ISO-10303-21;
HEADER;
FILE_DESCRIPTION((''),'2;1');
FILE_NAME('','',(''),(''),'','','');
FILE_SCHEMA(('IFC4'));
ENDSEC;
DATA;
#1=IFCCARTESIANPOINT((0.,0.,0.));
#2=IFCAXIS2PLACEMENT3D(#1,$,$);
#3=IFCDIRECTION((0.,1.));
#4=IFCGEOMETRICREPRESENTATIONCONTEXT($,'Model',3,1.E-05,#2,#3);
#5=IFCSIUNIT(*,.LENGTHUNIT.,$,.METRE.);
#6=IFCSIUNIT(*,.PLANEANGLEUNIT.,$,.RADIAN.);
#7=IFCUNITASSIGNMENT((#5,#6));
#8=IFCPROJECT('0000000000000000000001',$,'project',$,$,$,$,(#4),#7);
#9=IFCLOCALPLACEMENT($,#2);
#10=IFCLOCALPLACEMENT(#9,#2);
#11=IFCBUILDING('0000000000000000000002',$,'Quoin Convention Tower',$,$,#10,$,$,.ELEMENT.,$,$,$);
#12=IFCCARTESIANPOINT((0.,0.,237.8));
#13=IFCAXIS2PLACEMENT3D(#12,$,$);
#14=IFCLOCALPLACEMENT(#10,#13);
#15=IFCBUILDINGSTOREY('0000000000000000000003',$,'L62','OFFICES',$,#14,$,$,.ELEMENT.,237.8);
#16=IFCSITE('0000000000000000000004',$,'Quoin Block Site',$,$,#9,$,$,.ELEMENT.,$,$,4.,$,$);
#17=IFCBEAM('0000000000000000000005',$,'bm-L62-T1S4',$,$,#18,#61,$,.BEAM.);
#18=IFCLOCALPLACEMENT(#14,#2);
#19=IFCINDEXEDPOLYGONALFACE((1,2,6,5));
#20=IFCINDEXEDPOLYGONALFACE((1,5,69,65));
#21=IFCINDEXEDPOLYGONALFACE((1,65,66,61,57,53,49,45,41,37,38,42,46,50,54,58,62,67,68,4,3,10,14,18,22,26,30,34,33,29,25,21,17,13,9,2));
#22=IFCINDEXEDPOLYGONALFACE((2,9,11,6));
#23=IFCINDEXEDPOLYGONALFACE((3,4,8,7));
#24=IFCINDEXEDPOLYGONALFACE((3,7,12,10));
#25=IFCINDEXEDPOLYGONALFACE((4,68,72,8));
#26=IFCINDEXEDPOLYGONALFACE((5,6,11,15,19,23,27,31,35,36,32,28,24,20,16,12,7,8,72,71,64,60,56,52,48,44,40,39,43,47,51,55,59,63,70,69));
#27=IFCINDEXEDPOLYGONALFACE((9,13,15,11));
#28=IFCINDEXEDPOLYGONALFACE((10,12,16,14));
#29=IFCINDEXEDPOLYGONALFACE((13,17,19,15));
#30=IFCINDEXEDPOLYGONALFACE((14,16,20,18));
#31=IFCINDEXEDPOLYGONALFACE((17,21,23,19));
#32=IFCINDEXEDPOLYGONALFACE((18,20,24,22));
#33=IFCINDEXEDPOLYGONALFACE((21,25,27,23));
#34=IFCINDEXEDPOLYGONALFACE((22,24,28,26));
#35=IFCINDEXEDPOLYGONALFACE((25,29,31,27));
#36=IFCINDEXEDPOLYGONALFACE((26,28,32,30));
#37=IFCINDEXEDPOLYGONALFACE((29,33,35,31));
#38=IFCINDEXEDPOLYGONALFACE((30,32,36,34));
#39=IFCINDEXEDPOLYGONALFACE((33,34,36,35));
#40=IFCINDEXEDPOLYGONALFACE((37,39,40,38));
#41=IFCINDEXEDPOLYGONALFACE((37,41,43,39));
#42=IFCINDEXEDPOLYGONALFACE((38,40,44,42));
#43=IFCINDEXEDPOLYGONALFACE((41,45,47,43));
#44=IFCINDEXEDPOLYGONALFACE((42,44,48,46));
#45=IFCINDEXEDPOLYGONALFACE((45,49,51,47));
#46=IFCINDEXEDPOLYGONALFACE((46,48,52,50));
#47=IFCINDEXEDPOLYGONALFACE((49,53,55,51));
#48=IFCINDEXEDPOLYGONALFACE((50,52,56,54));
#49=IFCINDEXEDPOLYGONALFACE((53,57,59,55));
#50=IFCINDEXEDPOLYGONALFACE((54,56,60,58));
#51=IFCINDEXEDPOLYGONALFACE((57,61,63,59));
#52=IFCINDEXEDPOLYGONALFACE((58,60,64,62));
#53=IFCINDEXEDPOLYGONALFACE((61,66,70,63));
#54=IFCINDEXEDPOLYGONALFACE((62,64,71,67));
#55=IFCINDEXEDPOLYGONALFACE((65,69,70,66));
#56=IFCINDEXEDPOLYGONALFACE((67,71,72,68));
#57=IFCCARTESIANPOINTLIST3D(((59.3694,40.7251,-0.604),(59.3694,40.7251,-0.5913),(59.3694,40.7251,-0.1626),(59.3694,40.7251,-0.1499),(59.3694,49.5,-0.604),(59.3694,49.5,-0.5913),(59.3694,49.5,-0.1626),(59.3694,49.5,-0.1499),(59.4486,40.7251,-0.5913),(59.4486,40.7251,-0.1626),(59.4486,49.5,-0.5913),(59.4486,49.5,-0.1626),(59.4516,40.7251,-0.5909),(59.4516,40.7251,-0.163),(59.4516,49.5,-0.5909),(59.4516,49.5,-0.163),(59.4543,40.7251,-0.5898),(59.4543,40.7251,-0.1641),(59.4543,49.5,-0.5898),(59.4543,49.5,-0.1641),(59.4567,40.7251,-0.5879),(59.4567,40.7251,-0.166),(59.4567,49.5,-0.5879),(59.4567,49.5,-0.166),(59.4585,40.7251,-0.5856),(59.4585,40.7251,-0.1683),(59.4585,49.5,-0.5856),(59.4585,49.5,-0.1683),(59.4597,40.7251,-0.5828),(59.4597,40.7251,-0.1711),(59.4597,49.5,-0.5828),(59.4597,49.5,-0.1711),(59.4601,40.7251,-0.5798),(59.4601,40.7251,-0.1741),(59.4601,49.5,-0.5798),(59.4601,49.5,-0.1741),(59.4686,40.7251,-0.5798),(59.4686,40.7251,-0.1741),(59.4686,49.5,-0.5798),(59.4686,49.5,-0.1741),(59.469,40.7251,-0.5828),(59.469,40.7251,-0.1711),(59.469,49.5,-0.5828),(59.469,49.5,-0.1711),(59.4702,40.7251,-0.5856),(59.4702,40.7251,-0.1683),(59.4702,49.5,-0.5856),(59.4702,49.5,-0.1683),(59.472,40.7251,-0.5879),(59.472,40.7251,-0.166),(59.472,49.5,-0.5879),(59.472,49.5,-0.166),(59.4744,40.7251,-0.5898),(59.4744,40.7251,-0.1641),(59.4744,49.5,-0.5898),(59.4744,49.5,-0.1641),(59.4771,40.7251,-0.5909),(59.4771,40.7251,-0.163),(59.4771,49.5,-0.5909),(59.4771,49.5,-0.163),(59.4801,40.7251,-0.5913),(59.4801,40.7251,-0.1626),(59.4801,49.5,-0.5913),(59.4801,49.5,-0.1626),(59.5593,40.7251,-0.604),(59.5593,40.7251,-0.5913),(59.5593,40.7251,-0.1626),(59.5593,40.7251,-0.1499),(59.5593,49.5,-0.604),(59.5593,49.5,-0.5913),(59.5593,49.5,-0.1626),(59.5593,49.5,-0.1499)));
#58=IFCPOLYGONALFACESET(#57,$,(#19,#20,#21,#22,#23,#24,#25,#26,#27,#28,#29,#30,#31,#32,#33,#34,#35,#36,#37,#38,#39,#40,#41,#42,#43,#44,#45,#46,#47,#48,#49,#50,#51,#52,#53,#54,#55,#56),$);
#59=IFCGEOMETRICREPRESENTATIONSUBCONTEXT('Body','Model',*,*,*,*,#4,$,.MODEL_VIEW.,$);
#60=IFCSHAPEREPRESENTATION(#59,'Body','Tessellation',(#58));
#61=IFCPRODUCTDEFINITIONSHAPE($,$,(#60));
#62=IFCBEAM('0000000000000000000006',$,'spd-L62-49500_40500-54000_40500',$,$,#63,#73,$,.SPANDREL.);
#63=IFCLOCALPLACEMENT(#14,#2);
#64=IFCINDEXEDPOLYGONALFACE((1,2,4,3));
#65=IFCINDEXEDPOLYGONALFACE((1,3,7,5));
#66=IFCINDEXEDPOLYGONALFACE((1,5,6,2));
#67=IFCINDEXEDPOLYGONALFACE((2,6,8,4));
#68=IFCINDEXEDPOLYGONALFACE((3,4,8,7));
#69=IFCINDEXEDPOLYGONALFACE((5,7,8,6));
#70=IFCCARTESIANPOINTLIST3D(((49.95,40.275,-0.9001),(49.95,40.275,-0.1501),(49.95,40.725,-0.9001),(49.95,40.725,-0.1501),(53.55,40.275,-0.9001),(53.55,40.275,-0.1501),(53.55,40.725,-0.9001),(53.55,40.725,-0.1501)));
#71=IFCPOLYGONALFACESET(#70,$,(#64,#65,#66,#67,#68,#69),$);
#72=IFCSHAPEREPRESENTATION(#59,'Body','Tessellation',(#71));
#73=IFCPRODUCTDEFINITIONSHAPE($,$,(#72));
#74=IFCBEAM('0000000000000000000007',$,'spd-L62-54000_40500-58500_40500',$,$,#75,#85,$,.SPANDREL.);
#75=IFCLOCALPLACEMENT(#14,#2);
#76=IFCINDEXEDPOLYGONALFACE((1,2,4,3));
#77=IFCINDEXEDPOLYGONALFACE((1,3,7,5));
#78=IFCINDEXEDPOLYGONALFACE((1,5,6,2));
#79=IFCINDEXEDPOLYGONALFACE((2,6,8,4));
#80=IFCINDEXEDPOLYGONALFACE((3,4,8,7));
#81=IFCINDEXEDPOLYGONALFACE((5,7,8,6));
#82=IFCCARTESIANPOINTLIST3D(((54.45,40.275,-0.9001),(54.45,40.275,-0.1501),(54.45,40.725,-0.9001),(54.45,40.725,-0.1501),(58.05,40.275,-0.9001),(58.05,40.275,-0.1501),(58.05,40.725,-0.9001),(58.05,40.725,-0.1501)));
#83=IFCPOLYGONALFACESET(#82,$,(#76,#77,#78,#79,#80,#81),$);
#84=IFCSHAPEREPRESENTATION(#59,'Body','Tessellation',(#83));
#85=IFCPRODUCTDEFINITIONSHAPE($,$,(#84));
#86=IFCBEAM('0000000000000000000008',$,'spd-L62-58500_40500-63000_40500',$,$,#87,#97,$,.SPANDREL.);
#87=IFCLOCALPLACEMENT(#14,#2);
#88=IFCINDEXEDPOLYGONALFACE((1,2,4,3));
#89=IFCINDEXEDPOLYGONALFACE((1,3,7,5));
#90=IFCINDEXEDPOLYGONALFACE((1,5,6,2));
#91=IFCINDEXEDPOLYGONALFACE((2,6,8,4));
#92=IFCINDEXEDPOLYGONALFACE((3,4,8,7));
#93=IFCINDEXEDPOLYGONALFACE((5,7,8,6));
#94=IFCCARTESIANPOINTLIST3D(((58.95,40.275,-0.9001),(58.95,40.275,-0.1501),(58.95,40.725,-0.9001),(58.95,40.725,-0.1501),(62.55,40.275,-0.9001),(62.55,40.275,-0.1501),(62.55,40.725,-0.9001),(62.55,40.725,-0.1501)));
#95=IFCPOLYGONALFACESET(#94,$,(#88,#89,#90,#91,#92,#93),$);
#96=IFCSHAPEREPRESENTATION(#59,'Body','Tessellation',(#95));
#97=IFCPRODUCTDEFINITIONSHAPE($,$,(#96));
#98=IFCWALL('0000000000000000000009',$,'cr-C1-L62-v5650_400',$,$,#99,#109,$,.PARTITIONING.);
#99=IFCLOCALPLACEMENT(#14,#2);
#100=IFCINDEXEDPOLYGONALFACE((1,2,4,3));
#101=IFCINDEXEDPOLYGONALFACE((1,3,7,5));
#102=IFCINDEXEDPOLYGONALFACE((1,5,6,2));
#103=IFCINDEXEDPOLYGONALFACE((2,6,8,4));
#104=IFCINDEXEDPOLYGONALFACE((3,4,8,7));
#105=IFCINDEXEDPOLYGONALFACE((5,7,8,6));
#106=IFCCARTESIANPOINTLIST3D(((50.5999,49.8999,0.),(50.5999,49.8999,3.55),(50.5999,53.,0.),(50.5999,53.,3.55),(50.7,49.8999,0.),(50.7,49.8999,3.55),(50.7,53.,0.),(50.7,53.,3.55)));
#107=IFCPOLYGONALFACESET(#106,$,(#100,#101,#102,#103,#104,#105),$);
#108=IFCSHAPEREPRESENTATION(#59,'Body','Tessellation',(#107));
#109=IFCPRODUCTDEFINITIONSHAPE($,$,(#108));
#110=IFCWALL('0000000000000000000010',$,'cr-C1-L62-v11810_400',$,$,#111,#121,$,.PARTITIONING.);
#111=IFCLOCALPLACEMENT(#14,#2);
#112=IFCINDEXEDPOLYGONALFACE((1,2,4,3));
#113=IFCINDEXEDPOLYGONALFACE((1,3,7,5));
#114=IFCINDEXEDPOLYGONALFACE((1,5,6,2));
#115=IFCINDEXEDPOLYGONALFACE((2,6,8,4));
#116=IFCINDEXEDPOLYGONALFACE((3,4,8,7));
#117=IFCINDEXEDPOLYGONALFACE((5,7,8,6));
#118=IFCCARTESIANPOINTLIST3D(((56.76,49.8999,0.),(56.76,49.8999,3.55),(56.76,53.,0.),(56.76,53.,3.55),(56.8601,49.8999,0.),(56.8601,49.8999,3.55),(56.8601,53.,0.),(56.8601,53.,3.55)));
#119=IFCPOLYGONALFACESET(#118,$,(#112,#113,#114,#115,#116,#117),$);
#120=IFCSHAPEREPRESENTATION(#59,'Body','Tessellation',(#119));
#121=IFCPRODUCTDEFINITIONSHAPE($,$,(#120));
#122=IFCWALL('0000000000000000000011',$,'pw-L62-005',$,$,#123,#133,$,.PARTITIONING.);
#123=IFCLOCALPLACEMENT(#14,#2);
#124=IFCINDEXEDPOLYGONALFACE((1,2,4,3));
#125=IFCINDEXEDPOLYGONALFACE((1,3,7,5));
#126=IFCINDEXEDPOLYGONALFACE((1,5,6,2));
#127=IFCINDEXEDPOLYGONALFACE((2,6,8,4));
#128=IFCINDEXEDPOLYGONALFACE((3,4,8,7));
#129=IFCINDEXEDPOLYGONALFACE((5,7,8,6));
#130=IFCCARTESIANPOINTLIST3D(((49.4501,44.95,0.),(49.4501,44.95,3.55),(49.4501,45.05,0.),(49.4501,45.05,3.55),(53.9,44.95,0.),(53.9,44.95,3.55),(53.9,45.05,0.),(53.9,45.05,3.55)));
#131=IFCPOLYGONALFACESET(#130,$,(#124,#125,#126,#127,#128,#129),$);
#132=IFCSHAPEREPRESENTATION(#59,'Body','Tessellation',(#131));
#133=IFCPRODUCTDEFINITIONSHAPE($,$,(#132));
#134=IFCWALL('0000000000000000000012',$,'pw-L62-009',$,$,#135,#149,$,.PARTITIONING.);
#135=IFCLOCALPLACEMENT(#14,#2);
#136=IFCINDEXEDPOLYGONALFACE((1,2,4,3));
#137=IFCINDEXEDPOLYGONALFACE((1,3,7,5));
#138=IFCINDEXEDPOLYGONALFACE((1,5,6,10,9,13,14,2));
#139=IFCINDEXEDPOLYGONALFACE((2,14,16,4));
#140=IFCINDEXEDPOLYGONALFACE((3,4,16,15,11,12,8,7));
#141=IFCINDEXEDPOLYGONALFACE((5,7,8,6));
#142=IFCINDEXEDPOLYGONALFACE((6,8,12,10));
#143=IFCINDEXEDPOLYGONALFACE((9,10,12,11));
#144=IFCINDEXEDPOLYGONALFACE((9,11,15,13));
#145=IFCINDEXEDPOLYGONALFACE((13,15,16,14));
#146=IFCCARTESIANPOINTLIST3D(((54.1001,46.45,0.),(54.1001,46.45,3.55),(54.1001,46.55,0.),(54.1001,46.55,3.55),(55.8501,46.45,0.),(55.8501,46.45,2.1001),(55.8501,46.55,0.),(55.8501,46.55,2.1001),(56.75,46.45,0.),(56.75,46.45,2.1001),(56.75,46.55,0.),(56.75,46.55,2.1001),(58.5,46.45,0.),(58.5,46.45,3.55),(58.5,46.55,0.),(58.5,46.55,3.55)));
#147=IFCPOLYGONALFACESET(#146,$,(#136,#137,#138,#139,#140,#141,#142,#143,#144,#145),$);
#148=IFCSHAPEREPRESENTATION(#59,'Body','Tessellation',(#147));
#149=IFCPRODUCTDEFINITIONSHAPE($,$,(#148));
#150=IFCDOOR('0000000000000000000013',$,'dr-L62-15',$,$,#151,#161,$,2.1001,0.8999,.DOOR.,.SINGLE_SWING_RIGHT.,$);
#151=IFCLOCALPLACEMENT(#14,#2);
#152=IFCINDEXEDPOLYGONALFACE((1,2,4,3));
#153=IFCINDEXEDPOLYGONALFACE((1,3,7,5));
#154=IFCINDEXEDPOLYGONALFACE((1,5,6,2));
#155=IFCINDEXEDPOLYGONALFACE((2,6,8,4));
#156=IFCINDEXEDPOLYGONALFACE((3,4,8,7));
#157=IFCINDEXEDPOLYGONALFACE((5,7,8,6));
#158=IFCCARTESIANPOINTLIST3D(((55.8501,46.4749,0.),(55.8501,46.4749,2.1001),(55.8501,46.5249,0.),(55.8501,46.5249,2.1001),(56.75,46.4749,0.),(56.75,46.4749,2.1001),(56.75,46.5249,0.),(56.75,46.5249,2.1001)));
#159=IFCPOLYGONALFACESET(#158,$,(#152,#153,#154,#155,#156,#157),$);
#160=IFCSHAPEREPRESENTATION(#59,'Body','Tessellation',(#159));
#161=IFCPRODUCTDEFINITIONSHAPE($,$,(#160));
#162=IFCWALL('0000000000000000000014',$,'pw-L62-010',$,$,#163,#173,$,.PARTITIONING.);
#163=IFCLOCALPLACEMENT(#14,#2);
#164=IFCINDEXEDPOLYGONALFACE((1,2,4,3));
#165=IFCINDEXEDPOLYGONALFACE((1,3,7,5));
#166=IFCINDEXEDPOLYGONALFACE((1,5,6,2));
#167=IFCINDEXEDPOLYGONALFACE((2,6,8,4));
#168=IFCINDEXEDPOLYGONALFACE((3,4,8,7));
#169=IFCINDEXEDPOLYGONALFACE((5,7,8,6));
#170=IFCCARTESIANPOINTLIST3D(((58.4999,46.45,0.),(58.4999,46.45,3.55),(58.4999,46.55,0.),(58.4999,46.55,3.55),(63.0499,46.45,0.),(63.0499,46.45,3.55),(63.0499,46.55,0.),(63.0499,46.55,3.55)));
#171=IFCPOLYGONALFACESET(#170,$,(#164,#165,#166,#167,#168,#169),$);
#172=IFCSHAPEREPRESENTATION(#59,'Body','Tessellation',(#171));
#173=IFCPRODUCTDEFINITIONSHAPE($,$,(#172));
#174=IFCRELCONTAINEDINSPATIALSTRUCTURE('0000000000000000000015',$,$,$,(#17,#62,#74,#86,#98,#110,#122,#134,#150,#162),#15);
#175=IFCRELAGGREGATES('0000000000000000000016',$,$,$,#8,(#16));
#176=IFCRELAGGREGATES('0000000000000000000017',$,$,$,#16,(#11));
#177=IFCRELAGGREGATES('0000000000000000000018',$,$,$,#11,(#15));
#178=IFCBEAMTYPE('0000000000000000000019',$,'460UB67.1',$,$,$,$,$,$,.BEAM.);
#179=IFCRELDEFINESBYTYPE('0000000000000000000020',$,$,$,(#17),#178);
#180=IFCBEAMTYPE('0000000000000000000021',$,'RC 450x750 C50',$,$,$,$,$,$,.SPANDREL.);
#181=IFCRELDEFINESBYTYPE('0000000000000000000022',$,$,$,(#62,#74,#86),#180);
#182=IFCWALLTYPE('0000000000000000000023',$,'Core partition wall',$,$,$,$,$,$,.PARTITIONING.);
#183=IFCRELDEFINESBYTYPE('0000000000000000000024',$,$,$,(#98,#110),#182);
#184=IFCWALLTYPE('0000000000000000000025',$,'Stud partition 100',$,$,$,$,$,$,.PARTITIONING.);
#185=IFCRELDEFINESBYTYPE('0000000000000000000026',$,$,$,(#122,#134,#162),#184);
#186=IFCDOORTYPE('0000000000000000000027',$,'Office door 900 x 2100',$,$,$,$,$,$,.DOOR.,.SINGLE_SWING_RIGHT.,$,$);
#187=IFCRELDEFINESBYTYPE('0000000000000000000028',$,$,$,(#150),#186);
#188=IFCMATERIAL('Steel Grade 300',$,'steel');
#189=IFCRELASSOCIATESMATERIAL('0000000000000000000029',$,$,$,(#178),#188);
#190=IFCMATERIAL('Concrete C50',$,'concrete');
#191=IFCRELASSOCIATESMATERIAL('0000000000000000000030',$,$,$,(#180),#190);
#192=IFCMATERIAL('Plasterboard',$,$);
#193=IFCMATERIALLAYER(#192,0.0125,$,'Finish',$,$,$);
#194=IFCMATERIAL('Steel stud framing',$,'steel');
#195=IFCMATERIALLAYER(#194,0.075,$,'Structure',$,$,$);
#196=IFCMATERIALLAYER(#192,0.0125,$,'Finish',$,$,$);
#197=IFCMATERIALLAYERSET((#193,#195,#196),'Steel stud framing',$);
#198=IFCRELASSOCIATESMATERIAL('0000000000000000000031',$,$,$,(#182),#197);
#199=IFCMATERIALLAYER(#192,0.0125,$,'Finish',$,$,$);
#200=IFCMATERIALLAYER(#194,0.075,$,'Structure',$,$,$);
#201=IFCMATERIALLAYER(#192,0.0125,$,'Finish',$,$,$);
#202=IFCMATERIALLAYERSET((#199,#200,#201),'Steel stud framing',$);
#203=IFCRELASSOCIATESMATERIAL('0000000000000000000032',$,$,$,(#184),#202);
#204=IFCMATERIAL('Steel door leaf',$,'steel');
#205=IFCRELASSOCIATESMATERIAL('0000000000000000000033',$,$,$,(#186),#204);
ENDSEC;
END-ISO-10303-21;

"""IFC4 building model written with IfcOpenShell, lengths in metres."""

from ifc_helpers import new_model, si_unit, direction, frame, frame_2d, origin, origin_2d, place, context, subcontext, project, spatial, rectangle, i_section, extrude, material, layer, layer_set, material_profile, profile_set, type_object, element, fill, save


model = new_model("IFC4")

# Units and contexts
model_context = context("Model", 3, precision=1e-05, world=origin(), true_north=direction((0.0, 1.0)))
body_context = subcontext(model_context, "Body", "Model", "MODEL_VIEW")
ifc_project = project(units=[si_unit("LENGTHUNIT", "METRE"), si_unit("PLANEANGLEUNIT", "RADIAN")], contexts=[model_context])

# Site, building, storey
site_placement = place(None, origin())
site = spatial("IfcSite", under=ifc_project, at=site_placement, Name="Quoin Block Site", CompositionType="ELEMENT", RefElevation=4.0)
building_placement = place(site_placement, origin())
building = spatial("IfcBuilding", under=site, at=building_placement, Name="Quoin Convention Tower", CompositionType="ELEMENT")
storey_placement = place(building_placement, frame((0.0, 0.0, 237.8)))
storey = spatial("IfcBuildingStorey", under=building, at=storey_placement, Name="L62", Description="OFFICES", CompositionType="ELEMENT", Elevation=237.8)

# Shared definitions
ifc_material_1 = material(Name="Concrete C50", Category="concrete")

# Beams
ifc_material_2 = material(Name="Steel Grade 300", Category="steel")
ifc_material_profile_1 = material_profile(ifc_material_2, i_section(OverallWidth=0.1899, OverallDepth=0.4541, WebThickness=0.0085, FlangeThickness=0.0127, FilletRadius=0.0115, at=origin_2d()), Name="460UB67.1")
ifc_profile_set_1 = profile_set([ifc_material_profile_1], Name="Steel Grade 300")
beam_type_1 = type_object("IfcBeamType", Name="460UB67.1", PredefinedType="BEAM", material=ifc_profile_set_1)
for number, where, z_axis, x_axis, name in (
    (1, (59.4644, 40.7251, -0.377), (0.0, 1.0, 0.0), (-1.0, 0.0, 0.0), "bm-L62-T1S4"),
):
    element("IfcBeam", number, at=place(storey_placement, frame(where, z_axis=z_axis, x_axis=x_axis)), inside=storey, type_object=beam_type_1, Name=name, PredefinedType="BEAM", context=body_context, shape_type="SweptSolid", body=[
        extrude(i_section(OverallWidth=0.1899, OverallDepth=0.4541, WebThickness=0.0085, FlangeThickness=0.0127, FilletRadius=0.0115, at=origin_2d()), origin(), (0.0, 0.0, 1.0), 8.7749),
    ])
ifc_material_profile_2 = material_profile(ifc_material_1, rectangle(XDim=0.45, YDim=0.75, at=origin_2d()), Name="RC 450x750")
ifc_profile_set_2 = profile_set([ifc_material_profile_2], Name="Concrete C50")
beam_type_2 = type_object("IfcBeamType", Name="RC 450x750 C50", PredefinedType="SPANDREL", material=ifc_profile_set_2)
for number, where, z_axis, x_axis, name in (
    (2, (49.95, 40.5, -0.5251), (1.0, 0.0, 0.0), (0.0, 1.0, 0.0), "spd-L62-49500_40500-54000_40500"),
    (3, (54.45, 40.5, -0.5251), (1.0, 0.0, 0.0), (0.0, 1.0, 0.0), "spd-L62-54000_40500-58500_40500"),
    (4, (58.95, 40.5, -0.5251), (1.0, 0.0, 0.0), (0.0, 1.0, 0.0), "spd-L62-58500_40500-63000_40500"),
):
    element("IfcBeam", number, at=place(storey_placement, frame(where, z_axis=z_axis, x_axis=x_axis)), inside=storey, type_object=beam_type_2, Name=name, PredefinedType="SPANDREL", context=body_context, shape_type="SweptSolid", body=[
        extrude(rectangle(XDim=0.45, YDim=0.75, at=origin_2d()), origin(), (0.0, 0.0, 1.0), 3.6001),
    ])

# Walls
ifc_material_3 = material(Name="Plasterboard")
ifc_layer_1 = layer(ifc_material_3, 0.0125, Name="Finish")
ifc_material_4 = material(Name="Steel stud framing", Category="steel")
ifc_layer_2 = layer(ifc_material_4, 0.075, Name="Structure")
ifc_layer_3 = layer(ifc_material_3, 0.0125, Name="Finish")
ifc_layer_set_1 = layer_set([ifc_layer_1, ifc_layer_2, ifc_layer_3], Name="Steel stud framing")
wall_type_1 = type_object("IfcWallType", Name="Core partition wall", PredefinedType="PARTITIONING", material=ifc_layer_set_1)
for number, where, z_axis, x_axis, name in (
    (5, (50.6499, 49.8999, 0.0), (0.0, 0.0, 1.0), (0.0, 1.0, 0.0), "cr-C1-L62-v5650_400"),
    (6, (56.8101, 49.8999, 0.0), (0.0, 0.0, 1.0), (0.0, 1.0, 0.0), "cr-C1-L62-v11810_400"),
):
    element("IfcWall", number, at=place(storey_placement, frame(where, z_axis=z_axis, x_axis=x_axis)), inside=storey, type_object=wall_type_1, Name=name, PredefinedType="PARTITIONING", context=body_context, shape_type="SweptSolid", body=[
        extrude(rectangle(XDim=3.1001, YDim=0.1001, at=frame_2d((1.55, 0.0))), origin(), (0.0, 0.0, 1.0), 3.55),
    ])
ifc_layer_4 = layer(ifc_material_3, 0.0125, Name="Finish")
ifc_layer_5 = layer(ifc_material_4, 0.075, Name="Structure")
ifc_layer_6 = layer(ifc_material_3, 0.0125, Name="Finish")
ifc_layer_set_2 = layer_set([ifc_layer_4, ifc_layer_5, ifc_layer_6], Name="Steel stud framing")
wall_type_2 = type_object("IfcWallType", Name="Stud partition 100", PredefinedType="PARTITIONING", material=ifc_layer_set_2)
wall_1_placement = place(storey_placement, frame((49.45, 45.0, 0.0), z_axis=(0.0, 0.0, 1.0), x_axis=(1.0, 0.0, 0.0)))
element("IfcWall", 7, at=wall_1_placement, inside=storey, type_object=wall_type_2, Name="pw-L62-005", PredefinedType="PARTITIONING", context=body_context, shape_type="SweptSolid", body=[
    extrude(rectangle(XDim=4.45, YDim=0.1001, at=frame_2d((2.2251, 0.0))), origin(), (0.0, 0.0, 1.0), 3.55),
])

# Wall, opening, door
wall_2_placement = place(storey_placement, frame((54.1001, 46.5, 0.0), z_axis=(0.0, 0.0, 1.0), x_axis=(1.0, 0.0, 0.0)))
wall_2 = element("IfcWall", 8, at=wall_2_placement, inside=storey, type_object=wall_type_2, Name="pw-L62-009", PredefinedType="PARTITIONING", context=body_context, shape_type="SweptSolid", body=[
    extrude(rectangle(XDim=4.3999, YDim=0.1001, at=frame_2d((2.2, 0.0))), origin(), (0.0, 0.0, 1.0), 3.55),
])
opening_1_placement = place(wall_2_placement, frame((1.75, 0.0, 0.0)))
opening_1 = element("IfcOpeningElement", 9, at=opening_1_placement, cuts=wall_2, PredefinedType="OPENING", context=body_context, shape_type="SweptSolid", body=[
    extrude(rectangle(XDim=0.8999, YDim=2.1001, at=frame_2d((0.45, 1.05))), frame((0.0, 0.0601, 0.0), z_axis=(0.0, -1.0, 0.0), x_axis=(1.0, 0.0, 0.0)), (0.0, 0.0, 1.0), 0.1201),
])
ifc_material_5 = material(Name="Steel door leaf", Category="steel")
door_type = type_object("IfcDoorType", Name="Office door 900 x 2100", OperationType="SINGLE_SWING_RIGHT", PredefinedType="DOOR", material=ifc_material_5)
door_1_placement = place(opening_1_placement, origin())
door_1 = element("IfcDoor", 10, at=door_1_placement, inside=storey, type_object=door_type, Name="dr-L62-15", OperationType="SINGLE_SWING_RIGHT", OverallHeight=2.1001, OverallWidth=0.8999, PredefinedType="DOOR", context=body_context, shape_type="SweptSolid", body=[
    extrude(rectangle(XDim=0.8999, YDim=2.1001, at=frame_2d((0.45, 1.05))), frame((0.0, 0.0249, 0.0), z_axis=(0.0, -1.0, 0.0), x_axis=(1.0, 0.0, 0.0)), (0.0, 0.0, 1.0), 0.05),
])
fill(opening_1, door_1)

# Wall
wall_3_placement = place(storey_placement, frame((58.5, 46.5, 0.0), z_axis=(0.0, 0.0, 1.0), x_axis=(1.0, 0.0, 0.0)))
element("IfcWall", 11, at=wall_3_placement, inside=storey, type_object=wall_type_2, Name="pw-L62-010", PredefinedType="PARTITIONING", context=body_context, shape_type="SweptSolid", body=[
    extrude(rectangle(XDim=4.55, YDim=0.1001, at=frame_2d((2.2749, 0.0))), origin(), (0.0, 0.0, 1.0), 3.55),
])

save(model, "model.ifc")
